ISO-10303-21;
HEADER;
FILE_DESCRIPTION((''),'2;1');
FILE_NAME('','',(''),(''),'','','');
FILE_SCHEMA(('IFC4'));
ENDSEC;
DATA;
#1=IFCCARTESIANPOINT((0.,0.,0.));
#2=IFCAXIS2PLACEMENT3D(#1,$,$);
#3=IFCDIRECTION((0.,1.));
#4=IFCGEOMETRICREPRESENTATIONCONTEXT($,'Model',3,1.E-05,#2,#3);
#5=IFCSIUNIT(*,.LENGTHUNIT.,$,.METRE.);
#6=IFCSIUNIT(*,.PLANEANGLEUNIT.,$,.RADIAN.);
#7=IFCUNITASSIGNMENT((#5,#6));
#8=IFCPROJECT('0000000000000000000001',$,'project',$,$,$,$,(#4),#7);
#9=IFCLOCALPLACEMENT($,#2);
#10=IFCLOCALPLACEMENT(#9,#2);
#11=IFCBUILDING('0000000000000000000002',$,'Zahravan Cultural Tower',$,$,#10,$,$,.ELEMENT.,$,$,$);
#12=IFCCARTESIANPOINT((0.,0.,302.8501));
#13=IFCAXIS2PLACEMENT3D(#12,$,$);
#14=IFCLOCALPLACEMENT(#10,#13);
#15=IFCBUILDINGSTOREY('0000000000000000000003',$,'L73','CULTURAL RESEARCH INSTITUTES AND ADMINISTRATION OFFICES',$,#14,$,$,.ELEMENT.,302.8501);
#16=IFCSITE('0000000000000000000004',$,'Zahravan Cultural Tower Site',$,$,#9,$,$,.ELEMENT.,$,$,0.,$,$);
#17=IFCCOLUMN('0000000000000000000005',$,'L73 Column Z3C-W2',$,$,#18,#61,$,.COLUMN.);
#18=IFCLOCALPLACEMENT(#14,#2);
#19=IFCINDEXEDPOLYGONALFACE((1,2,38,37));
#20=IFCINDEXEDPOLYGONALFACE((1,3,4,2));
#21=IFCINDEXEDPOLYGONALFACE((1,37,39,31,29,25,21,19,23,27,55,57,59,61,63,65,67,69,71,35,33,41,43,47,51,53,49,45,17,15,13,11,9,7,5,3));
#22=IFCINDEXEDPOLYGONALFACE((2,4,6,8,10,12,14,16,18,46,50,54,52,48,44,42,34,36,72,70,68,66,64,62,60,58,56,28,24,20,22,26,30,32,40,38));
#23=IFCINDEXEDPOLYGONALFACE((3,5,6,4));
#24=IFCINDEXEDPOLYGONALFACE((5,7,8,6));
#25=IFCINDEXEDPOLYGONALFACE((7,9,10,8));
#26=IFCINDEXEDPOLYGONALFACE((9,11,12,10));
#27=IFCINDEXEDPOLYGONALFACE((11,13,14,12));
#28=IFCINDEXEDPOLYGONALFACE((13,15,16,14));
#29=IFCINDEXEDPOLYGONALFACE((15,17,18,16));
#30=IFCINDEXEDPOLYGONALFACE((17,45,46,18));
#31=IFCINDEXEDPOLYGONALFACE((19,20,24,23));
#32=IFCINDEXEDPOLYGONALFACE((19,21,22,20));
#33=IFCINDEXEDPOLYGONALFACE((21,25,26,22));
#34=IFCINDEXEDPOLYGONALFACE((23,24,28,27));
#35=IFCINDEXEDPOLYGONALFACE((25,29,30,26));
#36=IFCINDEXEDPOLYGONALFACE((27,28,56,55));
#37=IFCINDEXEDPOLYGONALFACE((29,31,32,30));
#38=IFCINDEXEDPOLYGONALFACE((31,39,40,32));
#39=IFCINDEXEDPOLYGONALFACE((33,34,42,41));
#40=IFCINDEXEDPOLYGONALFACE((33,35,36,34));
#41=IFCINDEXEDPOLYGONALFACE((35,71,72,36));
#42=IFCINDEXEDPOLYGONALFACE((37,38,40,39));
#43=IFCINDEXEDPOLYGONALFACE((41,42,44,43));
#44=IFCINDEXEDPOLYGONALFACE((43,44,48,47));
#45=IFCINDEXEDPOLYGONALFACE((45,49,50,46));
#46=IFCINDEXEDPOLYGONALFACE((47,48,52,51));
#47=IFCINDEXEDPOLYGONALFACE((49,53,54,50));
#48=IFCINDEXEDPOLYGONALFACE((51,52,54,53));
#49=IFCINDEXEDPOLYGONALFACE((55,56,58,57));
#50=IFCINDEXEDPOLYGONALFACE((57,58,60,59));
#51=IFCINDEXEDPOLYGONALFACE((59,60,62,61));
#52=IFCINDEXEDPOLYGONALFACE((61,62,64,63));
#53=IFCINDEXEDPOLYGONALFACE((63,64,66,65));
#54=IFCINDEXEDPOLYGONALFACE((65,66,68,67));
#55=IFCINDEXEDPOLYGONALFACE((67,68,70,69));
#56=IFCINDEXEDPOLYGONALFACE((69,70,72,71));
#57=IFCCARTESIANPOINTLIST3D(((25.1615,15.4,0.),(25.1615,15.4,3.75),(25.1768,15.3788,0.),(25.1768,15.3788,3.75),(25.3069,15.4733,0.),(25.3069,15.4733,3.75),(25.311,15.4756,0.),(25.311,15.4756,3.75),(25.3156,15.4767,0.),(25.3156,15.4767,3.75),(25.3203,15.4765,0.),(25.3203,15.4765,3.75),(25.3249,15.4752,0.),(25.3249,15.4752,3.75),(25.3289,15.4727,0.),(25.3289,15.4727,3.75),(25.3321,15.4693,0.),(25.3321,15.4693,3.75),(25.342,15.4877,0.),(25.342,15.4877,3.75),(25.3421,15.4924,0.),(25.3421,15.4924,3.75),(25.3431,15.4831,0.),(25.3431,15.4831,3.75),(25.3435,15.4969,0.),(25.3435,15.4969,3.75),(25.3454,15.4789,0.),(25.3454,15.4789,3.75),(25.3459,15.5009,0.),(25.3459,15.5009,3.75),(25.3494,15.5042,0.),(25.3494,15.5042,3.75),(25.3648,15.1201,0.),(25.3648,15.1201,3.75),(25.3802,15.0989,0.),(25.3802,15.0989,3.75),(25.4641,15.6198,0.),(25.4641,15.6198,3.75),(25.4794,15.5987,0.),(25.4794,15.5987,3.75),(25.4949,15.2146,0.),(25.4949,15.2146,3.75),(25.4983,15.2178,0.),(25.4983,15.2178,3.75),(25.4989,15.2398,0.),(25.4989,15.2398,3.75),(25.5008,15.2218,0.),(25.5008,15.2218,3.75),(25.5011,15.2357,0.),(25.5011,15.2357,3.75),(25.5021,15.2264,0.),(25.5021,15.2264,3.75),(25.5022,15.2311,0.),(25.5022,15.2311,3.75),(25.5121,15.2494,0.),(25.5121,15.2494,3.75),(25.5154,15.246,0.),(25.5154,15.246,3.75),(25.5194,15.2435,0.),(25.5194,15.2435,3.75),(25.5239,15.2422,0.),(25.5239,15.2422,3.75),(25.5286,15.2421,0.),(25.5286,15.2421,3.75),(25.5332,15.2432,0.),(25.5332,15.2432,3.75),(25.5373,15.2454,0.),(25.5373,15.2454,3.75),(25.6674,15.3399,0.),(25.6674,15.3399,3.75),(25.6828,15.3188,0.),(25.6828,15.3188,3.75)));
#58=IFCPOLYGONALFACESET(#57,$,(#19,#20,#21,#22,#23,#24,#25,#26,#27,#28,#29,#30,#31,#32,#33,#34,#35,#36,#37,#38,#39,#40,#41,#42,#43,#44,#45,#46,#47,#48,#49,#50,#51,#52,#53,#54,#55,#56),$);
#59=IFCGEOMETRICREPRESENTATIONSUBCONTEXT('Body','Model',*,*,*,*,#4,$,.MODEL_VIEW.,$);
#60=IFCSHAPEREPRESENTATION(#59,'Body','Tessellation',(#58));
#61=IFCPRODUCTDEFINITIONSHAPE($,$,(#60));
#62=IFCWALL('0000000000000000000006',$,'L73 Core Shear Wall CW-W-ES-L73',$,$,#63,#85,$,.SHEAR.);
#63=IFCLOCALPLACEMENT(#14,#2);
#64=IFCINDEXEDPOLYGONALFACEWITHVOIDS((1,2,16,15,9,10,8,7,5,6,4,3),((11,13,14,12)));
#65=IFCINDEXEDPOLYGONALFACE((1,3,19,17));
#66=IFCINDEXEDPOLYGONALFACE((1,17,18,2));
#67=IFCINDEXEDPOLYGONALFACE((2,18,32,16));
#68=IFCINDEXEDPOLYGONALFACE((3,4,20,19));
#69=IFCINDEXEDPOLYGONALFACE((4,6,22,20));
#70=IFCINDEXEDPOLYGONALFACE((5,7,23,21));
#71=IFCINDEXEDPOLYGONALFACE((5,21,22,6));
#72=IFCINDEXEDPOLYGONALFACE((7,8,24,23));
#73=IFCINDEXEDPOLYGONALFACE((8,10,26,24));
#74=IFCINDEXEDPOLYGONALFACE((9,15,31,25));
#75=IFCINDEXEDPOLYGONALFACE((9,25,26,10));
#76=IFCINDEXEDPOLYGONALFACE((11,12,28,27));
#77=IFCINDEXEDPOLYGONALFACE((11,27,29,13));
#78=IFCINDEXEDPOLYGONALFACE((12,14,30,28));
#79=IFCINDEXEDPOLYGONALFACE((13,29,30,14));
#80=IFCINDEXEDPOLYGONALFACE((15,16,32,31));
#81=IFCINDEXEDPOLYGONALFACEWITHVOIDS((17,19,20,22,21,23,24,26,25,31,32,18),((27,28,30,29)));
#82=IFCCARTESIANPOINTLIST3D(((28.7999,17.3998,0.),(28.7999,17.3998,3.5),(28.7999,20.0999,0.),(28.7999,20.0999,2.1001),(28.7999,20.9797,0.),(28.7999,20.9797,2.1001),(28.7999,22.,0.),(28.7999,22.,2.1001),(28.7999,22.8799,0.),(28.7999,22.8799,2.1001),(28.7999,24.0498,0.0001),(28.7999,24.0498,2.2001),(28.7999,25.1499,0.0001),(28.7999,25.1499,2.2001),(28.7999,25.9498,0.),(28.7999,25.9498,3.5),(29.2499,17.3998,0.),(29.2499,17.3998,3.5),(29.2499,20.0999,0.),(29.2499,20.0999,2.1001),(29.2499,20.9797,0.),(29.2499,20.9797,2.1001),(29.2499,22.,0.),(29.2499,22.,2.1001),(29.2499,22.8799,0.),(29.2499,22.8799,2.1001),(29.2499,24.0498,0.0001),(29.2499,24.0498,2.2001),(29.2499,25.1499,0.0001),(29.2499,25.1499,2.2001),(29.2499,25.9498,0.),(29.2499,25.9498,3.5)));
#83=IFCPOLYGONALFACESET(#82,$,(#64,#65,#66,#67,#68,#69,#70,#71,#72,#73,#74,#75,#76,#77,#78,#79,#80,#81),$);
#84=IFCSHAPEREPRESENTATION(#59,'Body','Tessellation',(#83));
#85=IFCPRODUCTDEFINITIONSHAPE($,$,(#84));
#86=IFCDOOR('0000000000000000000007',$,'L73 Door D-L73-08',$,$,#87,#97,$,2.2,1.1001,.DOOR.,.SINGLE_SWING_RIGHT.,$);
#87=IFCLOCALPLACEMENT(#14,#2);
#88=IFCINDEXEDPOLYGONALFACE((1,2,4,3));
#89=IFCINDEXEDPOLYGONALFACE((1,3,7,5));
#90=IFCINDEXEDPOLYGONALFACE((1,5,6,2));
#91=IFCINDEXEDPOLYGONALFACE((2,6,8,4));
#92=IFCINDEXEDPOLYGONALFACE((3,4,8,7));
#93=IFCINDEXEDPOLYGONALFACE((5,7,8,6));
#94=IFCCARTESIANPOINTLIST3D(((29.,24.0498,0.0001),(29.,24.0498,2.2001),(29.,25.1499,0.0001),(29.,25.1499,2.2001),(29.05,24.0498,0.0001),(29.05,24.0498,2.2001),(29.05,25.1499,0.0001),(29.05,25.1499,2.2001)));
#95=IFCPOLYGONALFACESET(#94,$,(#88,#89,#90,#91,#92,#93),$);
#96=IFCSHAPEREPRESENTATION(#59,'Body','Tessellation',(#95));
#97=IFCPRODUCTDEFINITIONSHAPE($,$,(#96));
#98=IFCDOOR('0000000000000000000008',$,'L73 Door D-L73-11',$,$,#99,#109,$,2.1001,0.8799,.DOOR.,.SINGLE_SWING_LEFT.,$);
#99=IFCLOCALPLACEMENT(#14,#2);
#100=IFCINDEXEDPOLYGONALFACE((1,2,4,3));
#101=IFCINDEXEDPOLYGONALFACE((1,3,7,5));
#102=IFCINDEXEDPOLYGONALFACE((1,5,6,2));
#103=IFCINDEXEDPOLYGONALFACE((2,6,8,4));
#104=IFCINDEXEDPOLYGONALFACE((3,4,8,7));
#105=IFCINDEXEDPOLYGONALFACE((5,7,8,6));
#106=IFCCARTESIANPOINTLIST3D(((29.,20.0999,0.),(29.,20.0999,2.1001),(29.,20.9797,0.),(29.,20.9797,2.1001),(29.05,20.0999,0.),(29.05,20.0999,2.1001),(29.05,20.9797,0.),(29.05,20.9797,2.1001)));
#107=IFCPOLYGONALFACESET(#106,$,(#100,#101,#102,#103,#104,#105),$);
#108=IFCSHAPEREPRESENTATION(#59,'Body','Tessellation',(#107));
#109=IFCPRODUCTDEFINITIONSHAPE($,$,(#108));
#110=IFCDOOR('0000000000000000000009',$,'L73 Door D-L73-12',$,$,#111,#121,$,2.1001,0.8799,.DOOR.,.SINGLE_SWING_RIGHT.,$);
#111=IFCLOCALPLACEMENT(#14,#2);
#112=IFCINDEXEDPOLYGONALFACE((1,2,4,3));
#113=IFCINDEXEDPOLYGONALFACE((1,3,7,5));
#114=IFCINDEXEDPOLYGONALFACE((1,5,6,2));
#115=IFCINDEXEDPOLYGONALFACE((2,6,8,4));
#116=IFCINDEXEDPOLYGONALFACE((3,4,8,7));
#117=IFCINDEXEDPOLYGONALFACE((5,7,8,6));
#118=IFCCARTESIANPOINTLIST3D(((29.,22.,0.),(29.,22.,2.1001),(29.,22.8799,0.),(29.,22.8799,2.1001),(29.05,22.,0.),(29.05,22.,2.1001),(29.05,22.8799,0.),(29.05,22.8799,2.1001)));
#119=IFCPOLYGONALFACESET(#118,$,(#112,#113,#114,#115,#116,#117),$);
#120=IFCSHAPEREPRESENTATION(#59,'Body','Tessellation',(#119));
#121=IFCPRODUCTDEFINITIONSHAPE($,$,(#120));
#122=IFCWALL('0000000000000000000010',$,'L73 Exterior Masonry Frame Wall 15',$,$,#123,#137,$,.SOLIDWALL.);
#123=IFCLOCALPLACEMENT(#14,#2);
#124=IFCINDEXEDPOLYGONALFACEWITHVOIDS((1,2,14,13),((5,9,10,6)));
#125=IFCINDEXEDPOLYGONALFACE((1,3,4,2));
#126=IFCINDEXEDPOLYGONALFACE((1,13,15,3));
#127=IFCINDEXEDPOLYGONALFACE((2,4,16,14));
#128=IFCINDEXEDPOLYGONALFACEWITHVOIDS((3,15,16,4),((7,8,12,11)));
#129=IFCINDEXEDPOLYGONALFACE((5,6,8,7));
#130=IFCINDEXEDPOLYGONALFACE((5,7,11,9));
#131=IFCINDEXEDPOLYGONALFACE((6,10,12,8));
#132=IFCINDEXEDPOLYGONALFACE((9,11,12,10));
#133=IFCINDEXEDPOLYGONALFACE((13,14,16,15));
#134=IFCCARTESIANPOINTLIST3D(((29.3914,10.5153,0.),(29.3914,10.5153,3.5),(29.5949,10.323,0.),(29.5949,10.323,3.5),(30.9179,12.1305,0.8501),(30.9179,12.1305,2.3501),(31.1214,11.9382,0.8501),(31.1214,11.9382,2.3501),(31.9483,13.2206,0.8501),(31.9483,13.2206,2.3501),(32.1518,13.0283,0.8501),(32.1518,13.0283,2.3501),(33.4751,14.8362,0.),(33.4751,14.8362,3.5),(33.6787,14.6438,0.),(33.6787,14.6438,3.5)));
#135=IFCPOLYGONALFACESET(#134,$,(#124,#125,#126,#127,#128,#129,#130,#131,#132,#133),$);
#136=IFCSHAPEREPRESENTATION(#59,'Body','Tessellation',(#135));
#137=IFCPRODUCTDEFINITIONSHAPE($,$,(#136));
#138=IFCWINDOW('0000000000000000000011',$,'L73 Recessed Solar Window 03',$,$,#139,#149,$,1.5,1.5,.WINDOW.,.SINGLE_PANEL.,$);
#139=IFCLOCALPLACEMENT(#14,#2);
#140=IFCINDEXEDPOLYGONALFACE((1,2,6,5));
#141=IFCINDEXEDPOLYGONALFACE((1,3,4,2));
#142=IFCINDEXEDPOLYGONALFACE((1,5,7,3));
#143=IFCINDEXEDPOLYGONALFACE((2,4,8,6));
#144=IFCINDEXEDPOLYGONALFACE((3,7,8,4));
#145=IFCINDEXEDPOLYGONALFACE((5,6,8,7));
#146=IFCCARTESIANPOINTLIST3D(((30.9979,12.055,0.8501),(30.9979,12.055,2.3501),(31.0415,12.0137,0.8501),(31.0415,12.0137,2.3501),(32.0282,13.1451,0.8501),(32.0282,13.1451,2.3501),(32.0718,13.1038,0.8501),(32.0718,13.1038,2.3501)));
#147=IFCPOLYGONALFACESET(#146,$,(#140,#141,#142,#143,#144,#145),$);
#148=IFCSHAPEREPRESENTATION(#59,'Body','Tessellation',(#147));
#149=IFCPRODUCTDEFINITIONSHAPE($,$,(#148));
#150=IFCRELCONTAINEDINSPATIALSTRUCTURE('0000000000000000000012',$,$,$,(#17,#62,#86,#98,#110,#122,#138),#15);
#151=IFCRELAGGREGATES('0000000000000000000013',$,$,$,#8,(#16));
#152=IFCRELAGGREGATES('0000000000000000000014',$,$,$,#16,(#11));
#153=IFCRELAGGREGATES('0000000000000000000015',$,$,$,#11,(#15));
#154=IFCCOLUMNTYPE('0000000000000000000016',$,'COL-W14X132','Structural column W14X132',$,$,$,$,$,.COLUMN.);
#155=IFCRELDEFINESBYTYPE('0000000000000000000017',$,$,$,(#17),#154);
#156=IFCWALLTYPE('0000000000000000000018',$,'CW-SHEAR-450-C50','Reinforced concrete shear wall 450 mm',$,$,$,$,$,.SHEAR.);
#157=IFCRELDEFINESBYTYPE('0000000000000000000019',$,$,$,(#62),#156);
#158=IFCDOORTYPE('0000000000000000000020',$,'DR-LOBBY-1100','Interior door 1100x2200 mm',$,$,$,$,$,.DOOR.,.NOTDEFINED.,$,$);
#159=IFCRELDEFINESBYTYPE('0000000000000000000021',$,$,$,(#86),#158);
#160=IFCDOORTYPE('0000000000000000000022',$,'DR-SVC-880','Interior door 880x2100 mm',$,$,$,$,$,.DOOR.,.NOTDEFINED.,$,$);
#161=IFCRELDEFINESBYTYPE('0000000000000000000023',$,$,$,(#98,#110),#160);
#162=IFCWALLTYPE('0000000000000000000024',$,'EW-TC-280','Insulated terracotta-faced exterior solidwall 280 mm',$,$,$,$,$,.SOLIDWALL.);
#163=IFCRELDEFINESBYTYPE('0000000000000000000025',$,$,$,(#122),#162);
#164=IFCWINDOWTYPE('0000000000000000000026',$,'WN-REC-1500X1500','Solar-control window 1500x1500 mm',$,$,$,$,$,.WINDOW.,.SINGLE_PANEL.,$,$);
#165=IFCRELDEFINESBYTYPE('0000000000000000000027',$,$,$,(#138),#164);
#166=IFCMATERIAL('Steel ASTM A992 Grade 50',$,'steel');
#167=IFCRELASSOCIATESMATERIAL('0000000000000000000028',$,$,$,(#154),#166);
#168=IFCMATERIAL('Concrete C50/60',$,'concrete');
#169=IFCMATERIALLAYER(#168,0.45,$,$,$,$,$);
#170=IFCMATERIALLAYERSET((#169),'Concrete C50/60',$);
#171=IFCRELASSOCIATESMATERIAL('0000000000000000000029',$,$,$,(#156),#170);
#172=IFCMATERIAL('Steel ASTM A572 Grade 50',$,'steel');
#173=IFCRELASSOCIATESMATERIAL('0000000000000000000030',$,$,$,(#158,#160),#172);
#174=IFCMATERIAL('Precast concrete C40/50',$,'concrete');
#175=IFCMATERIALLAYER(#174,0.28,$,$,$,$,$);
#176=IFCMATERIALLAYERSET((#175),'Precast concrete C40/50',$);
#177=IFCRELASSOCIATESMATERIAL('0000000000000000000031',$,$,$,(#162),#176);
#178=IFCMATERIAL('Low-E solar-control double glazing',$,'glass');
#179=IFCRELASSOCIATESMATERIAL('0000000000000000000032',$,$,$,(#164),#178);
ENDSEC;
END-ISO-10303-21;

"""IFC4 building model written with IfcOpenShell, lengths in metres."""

from ifc_helpers import new_model, si_unit, direction, frame, frame_2d, origin, origin_2d, place, context, subcontext, project, spatial, rectangle, i_section, extrude, source, transform, mapped, material, layer, layer_set, material_profile, profile_set, type_object, element, fill, save


model = new_model("IFC4")

# Units and contexts
model_context = context("Model", 3, precision=1e-05, world=origin(), true_north=direction((0.0, 1.0)))
body_context = subcontext(model_context, "Body", "Model", "MODEL_VIEW")
ifc_project = project(units=[si_unit("LENGTHUNIT", "METRE"), si_unit("PLANEANGLEUNIT", "RADIAN")], contexts=[model_context])

# Site, building, storey
site_placement = place(None, origin())
site = spatial("IfcSite", under=ifc_project, at=site_placement, Name="Zahravan Cultural Tower Site", CompositionType="ELEMENT", RefElevation=0.0)
building_placement = place(site_placement, origin())
building = spatial("IfcBuilding", under=site, at=building_placement, Name="Zahravan Cultural Tower", CompositionType="ELEMENT")
storey_placement = place(building_placement, frame((0.0, 0.0, 302.8501)))
storey = spatial("IfcBuildingStorey", under=building, at=storey_placement, Name="L73", Description="CULTURAL RESEARCH INSTITUTES AND ADMINISTRATION OFFICES", CompositionType="ELEMENT", Elevation=302.8501)

# Column
ifc_material_1 = material(Name="Steel ASTM A992 Grade 50", Category="steel")
ifc_material_profile = material_profile(ifc_material_1, i_section(OverallWidth=0.374, OverallDepth=0.3721, WebThickness=0.0164, FlangeThickness=0.0261, FilletRadius=0.0181, at=origin_2d()), Name="W14X132")
ifc_profile_set = profile_set([ifc_material_profile], Name="Steel ASTM A992 Grade 50")
column_type = type_object("IfcColumnType", Name="COL-W14X132", Description="Structural column W14X132", PredefinedType="COLUMN", material=ifc_profile_set)
shared_shape_1 = source(origin(), body_context, "Body", "SweptSolid", [
    extrude(i_section(OverallWidth=0.374, OverallDepth=0.3721, WebThickness=0.0164, FlangeThickness=0.0261, FilletRadius=0.0181, at=origin_2d()), origin(), (0.0, 0.0, 1.0), 3.75),
])
column_placement = place(storey_placement, frame((25.4221, 15.3594, 0.0), z_axis=(0.0, 0.0, 1.0), x_axis=(0.809017, 0.587785, 0.0)))
element("IfcColumn", 1, at=column_placement, inside=storey, type_object=column_type, Name="L73 Column Z3C-W2", PredefinedType="COLUMN", context=body_context, shape_type="MappedRepresentation", body=[
    mapped(shared_shape_1, transform((0.0, 0.0, 0.0), x_axis=(1.0, 0.0, 0.0), y_axis=(0.0, 1.0, 0.0), z_axis=(0.0, 0.0, 1.0), scale=1.0)),
])

# Wall, openings, doors
ifc_material_2 = material(Name="Concrete C50/60", Category="concrete")
ifc_layer_1 = layer(ifc_material_2, 0.45)
ifc_layer_set_1 = layer_set([ifc_layer_1], Name="Concrete C50/60")
wall_type_1 = type_object("IfcWallType", Name="CW-SHEAR-450-C50", Description="Reinforced concrete shear wall 450 mm", PredefinedType="SHEAR", material=ifc_layer_set_1)
wall_1_placement = place(storey_placement, frame((29.0249, 17.3999, 0.0), z_axis=(0.0, 0.0, 1.0), x_axis=(0.0, 1.0, 0.0)))
wall_1 = element("IfcWall", 2, at=wall_1_placement, inside=storey, type_object=wall_type_1, Name="L73 Core Shear Wall CW-W-ES-L73", PredefinedType="SHEAR", context=body_context, shape_type="SweptSolid", body=[
    extrude(rectangle(XDim=8.55, YDim=0.45, at=frame_2d((4.2749, 0.0))), origin(), (0.0, 0.0, 1.0), 3.5),
])
opening_1_placement = place(wall_1_placement, frame((6.6499, 0.0, 0.0)))
opening_1 = element("IfcOpeningElement", 3, at=opening_1_placement, cuts=wall_1, PredefinedType="OPENING", context=body_context, shape_type="SweptSolid", body=[
    extrude(rectangle(XDim=1.1001, YDim=2.2, at=frame_2d((0.55, 1.1001))), frame((0.0, 0.2349, 0.0), z_axis=(0.0, -1.0, 0.0), x_axis=(1.0, 0.0, 0.0)), (0.0, 0.0, 1.0), 0.47),
])
opening_2_placement = place(wall_1_placement, frame((2.7, 0.0, 0.0)))
opening_2 = element("IfcOpeningElement", 4, at=opening_2_placement, cuts=wall_1, PredefinedType="OPENING", context=body_context, shape_type="SweptSolid", body=[
    extrude(rectangle(XDim=0.8799, YDim=2.1001, at=frame_2d((0.4399, 1.05))), frame((0.0, 0.2349, 0.0), z_axis=(0.0, -1.0, 0.0), x_axis=(1.0, 0.0, 0.0)), (0.0, 0.0, 1.0), 0.47),
])
opening_3_placement = place(wall_1_placement, frame((4.6001, 0.0, 0.0)))
opening_3 = element("IfcOpeningElement", 5, at=opening_3_placement, cuts=wall_1, PredefinedType="OPENING", context=body_context, shape_type="SweptSolid", body=[
    extrude(rectangle(XDim=0.8799, YDim=2.1001, at=frame_2d((0.4399, 1.05))), frame((0.0, 0.2349, 0.0), z_axis=(0.0, -1.0, 0.0), x_axis=(1.0, 0.0, 0.0)), (0.0, 0.0, 1.0), 0.47),
])
ifc_material_3 = material(Name="Steel ASTM A572 Grade 50", Category="steel")
door_type_1 = type_object("IfcDoorType", Name="DR-LOBBY-1100", Description="Interior door 1100x2200 mm", OperationType="NOTDEFINED", PredefinedType="DOOR", material=ifc_material_3)
shared_shape_2 = source(origin(), body_context, "Body", "SweptSolid", [
    extrude(rectangle(XDim=1.1001, YDim=2.2, at=frame_2d((0.55, 1.1001))), frame((0.0, 0.0249, 0.0), z_axis=(0.0, -1.0, 0.0), x_axis=(1.0, 0.0, 0.0)), (0.0, 0.0, 1.0), 0.05),
])
door_1_placement = place(opening_1_placement, origin())
door_1 = element("IfcDoor", 6, at=door_1_placement, inside=storey, type_object=door_type_1, Name="L73 Door D-L73-08", OperationType="SINGLE_SWING_RIGHT", OverallHeight=2.2, OverallWidth=1.1001, PredefinedType="DOOR", context=body_context, shape_type="MappedRepresentation", body=[
    mapped(shared_shape_2, transform((0.0, 0.0, 0.0), x_axis=(1.0, 0.0, 0.0), y_axis=(0.0, 1.0, 0.0), z_axis=(0.0, 0.0, 1.0), scale=1.0)),
])
fill(opening_1, door_1)
door_type_2 = type_object("IfcDoorType", Name="DR-SVC-880", Description="Interior door 880x2100 mm", OperationType="NOTDEFINED", PredefinedType="DOOR", material=ifc_material_3)
shared_shape_3 = source(origin(), body_context, "Body", "SweptSolid", [
    extrude(rectangle(XDim=0.8799, YDim=2.1001, at=frame_2d((0.4399, 1.05))), frame((0.0, 0.0249, 0.0), z_axis=(0.0, -1.0, 0.0), x_axis=(1.0, 0.0, 0.0)), (0.0, 0.0, 1.0), 0.05),
])
door_2_placement = place(opening_2_placement, origin())
door_2 = element("IfcDoor", 7, at=door_2_placement, inside=storey, type_object=door_type_2, Name="L73 Door D-L73-11", OperationType="SINGLE_SWING_LEFT", OverallHeight=2.1001, OverallWidth=0.8799, PredefinedType="DOOR", context=body_context, shape_type="MappedRepresentation", body=[
    mapped(shared_shape_3, transform((0.0, 0.0, 0.0), x_axis=(1.0, 0.0, 0.0), y_axis=(0.0, 1.0, 0.0), z_axis=(0.0, 0.0, 1.0), scale=1.0)),
])
fill(opening_2, door_2)
door_3_placement = place(opening_3_placement, origin())
door_3 = element("IfcDoor", 8, at=door_3_placement, inside=storey, type_object=door_type_2, Name="L73 Door D-L73-12", OperationType="SINGLE_SWING_RIGHT", OverallHeight=2.1001, OverallWidth=0.8799, PredefinedType="DOOR", context=body_context, shape_type="MappedRepresentation", body=[
    mapped(shared_shape_3, transform((0.0, 0.0, 0.0), x_axis=(1.0, 0.0, 0.0), y_axis=(0.0, 1.0, 0.0), z_axis=(0.0, 0.0, 1.0), scale=1.0)),
])
fill(opening_3, door_3)

# Wall, opening, window
ifc_material_4 = material(Name="Precast concrete C40/50", Category="concrete")
ifc_layer_2 = layer(ifc_material_4, 0.28)
ifc_layer_set_2 = layer_set([ifc_layer_2], Name="Precast concrete C40/50")
wall_type_2 = type_object("IfcWallType", Name="EW-TC-280", Description="Insulated terracotta-faced exterior solidwall 280 mm", PredefinedType="SOLIDWALL", material=ifc_layer_set_2)
wall_2_placement = place(storey_placement, frame((33.5769, 14.74, 0.0), z_axis=(0.0, 0.0, 1.0), x_axis=(-0.686889, -0.726763, 0.0)))
wall_2 = element("IfcWall", 9, at=wall_2_placement, inside=storey, type_object=wall_type_2, Name="L73 Exterior Masonry Frame Wall 15", PredefinedType="SOLIDWALL", context=body_context, shape_type="SweptSolid", body=[
    extrude(rectangle(XDim=5.9453, YDim=0.28, at=frame_2d((2.9727, 0.0))), origin(), (0.0, 0.0, 1.0), 3.5),
])
opening_4_placement = place(wall_2_placement, frame((2.2229, 0.0, 0.8501)))
opening_4 = element("IfcOpeningElement", 10, at=opening_4_placement, cuts=wall_2, PredefinedType="OPENING", context=body_context, shape_type="SweptSolid", body=[
    extrude(rectangle(XDim=1.5, YDim=1.5, at=frame_2d((0.75, 0.75))), frame((0.0, 0.1499, 0.0), z_axis=(0.0, -1.0, 0.0), x_axis=(1.0, 0.0, 0.0)), (0.0, 0.0, 1.0), 0.3),
])
ifc_material_5 = material(Name="Low-E solar-control double glazing", Category="glass")
window_type = type_object("IfcWindowType", Name="WN-REC-1500X1500", Description="Solar-control window 1500x1500 mm", PartitioningType="SINGLE_PANEL", PredefinedType="WINDOW", material=ifc_material_5)
shared_shape_4 = source(origin(), body_context, "Body", "SweptSolid", [
    extrude(rectangle(XDim=1.5, YDim=1.5, at=frame_2d((0.75, 0.75))), frame((0.0, 0.03, 0.0), z_axis=(0.0, -1.0, 0.0), x_axis=(1.0, 0.0, 0.0)), (0.0, 0.0, 1.0), 0.0601),
])
window_1_placement = place(opening_4_placement, origin())
window_1 = element("IfcWindow", 11, at=window_1_placement, inside=storey, type_object=window_type, Name="L73 Recessed Solar Window 03", OverallHeight=1.5, OverallWidth=1.5, PartitioningType="SINGLE_PANEL", PredefinedType="WINDOW", context=body_context, shape_type="MappedRepresentation", body=[
    mapped(shared_shape_4, transform((0.0, 0.0, 0.0), x_axis=(1.0, 0.0, 0.0), y_axis=(0.0, 1.0, 0.0), z_axis=(0.0, 0.0, 1.0), scale=1.0)),
])
fill(opening_4, window_1)

save(model, "model.ifc")
